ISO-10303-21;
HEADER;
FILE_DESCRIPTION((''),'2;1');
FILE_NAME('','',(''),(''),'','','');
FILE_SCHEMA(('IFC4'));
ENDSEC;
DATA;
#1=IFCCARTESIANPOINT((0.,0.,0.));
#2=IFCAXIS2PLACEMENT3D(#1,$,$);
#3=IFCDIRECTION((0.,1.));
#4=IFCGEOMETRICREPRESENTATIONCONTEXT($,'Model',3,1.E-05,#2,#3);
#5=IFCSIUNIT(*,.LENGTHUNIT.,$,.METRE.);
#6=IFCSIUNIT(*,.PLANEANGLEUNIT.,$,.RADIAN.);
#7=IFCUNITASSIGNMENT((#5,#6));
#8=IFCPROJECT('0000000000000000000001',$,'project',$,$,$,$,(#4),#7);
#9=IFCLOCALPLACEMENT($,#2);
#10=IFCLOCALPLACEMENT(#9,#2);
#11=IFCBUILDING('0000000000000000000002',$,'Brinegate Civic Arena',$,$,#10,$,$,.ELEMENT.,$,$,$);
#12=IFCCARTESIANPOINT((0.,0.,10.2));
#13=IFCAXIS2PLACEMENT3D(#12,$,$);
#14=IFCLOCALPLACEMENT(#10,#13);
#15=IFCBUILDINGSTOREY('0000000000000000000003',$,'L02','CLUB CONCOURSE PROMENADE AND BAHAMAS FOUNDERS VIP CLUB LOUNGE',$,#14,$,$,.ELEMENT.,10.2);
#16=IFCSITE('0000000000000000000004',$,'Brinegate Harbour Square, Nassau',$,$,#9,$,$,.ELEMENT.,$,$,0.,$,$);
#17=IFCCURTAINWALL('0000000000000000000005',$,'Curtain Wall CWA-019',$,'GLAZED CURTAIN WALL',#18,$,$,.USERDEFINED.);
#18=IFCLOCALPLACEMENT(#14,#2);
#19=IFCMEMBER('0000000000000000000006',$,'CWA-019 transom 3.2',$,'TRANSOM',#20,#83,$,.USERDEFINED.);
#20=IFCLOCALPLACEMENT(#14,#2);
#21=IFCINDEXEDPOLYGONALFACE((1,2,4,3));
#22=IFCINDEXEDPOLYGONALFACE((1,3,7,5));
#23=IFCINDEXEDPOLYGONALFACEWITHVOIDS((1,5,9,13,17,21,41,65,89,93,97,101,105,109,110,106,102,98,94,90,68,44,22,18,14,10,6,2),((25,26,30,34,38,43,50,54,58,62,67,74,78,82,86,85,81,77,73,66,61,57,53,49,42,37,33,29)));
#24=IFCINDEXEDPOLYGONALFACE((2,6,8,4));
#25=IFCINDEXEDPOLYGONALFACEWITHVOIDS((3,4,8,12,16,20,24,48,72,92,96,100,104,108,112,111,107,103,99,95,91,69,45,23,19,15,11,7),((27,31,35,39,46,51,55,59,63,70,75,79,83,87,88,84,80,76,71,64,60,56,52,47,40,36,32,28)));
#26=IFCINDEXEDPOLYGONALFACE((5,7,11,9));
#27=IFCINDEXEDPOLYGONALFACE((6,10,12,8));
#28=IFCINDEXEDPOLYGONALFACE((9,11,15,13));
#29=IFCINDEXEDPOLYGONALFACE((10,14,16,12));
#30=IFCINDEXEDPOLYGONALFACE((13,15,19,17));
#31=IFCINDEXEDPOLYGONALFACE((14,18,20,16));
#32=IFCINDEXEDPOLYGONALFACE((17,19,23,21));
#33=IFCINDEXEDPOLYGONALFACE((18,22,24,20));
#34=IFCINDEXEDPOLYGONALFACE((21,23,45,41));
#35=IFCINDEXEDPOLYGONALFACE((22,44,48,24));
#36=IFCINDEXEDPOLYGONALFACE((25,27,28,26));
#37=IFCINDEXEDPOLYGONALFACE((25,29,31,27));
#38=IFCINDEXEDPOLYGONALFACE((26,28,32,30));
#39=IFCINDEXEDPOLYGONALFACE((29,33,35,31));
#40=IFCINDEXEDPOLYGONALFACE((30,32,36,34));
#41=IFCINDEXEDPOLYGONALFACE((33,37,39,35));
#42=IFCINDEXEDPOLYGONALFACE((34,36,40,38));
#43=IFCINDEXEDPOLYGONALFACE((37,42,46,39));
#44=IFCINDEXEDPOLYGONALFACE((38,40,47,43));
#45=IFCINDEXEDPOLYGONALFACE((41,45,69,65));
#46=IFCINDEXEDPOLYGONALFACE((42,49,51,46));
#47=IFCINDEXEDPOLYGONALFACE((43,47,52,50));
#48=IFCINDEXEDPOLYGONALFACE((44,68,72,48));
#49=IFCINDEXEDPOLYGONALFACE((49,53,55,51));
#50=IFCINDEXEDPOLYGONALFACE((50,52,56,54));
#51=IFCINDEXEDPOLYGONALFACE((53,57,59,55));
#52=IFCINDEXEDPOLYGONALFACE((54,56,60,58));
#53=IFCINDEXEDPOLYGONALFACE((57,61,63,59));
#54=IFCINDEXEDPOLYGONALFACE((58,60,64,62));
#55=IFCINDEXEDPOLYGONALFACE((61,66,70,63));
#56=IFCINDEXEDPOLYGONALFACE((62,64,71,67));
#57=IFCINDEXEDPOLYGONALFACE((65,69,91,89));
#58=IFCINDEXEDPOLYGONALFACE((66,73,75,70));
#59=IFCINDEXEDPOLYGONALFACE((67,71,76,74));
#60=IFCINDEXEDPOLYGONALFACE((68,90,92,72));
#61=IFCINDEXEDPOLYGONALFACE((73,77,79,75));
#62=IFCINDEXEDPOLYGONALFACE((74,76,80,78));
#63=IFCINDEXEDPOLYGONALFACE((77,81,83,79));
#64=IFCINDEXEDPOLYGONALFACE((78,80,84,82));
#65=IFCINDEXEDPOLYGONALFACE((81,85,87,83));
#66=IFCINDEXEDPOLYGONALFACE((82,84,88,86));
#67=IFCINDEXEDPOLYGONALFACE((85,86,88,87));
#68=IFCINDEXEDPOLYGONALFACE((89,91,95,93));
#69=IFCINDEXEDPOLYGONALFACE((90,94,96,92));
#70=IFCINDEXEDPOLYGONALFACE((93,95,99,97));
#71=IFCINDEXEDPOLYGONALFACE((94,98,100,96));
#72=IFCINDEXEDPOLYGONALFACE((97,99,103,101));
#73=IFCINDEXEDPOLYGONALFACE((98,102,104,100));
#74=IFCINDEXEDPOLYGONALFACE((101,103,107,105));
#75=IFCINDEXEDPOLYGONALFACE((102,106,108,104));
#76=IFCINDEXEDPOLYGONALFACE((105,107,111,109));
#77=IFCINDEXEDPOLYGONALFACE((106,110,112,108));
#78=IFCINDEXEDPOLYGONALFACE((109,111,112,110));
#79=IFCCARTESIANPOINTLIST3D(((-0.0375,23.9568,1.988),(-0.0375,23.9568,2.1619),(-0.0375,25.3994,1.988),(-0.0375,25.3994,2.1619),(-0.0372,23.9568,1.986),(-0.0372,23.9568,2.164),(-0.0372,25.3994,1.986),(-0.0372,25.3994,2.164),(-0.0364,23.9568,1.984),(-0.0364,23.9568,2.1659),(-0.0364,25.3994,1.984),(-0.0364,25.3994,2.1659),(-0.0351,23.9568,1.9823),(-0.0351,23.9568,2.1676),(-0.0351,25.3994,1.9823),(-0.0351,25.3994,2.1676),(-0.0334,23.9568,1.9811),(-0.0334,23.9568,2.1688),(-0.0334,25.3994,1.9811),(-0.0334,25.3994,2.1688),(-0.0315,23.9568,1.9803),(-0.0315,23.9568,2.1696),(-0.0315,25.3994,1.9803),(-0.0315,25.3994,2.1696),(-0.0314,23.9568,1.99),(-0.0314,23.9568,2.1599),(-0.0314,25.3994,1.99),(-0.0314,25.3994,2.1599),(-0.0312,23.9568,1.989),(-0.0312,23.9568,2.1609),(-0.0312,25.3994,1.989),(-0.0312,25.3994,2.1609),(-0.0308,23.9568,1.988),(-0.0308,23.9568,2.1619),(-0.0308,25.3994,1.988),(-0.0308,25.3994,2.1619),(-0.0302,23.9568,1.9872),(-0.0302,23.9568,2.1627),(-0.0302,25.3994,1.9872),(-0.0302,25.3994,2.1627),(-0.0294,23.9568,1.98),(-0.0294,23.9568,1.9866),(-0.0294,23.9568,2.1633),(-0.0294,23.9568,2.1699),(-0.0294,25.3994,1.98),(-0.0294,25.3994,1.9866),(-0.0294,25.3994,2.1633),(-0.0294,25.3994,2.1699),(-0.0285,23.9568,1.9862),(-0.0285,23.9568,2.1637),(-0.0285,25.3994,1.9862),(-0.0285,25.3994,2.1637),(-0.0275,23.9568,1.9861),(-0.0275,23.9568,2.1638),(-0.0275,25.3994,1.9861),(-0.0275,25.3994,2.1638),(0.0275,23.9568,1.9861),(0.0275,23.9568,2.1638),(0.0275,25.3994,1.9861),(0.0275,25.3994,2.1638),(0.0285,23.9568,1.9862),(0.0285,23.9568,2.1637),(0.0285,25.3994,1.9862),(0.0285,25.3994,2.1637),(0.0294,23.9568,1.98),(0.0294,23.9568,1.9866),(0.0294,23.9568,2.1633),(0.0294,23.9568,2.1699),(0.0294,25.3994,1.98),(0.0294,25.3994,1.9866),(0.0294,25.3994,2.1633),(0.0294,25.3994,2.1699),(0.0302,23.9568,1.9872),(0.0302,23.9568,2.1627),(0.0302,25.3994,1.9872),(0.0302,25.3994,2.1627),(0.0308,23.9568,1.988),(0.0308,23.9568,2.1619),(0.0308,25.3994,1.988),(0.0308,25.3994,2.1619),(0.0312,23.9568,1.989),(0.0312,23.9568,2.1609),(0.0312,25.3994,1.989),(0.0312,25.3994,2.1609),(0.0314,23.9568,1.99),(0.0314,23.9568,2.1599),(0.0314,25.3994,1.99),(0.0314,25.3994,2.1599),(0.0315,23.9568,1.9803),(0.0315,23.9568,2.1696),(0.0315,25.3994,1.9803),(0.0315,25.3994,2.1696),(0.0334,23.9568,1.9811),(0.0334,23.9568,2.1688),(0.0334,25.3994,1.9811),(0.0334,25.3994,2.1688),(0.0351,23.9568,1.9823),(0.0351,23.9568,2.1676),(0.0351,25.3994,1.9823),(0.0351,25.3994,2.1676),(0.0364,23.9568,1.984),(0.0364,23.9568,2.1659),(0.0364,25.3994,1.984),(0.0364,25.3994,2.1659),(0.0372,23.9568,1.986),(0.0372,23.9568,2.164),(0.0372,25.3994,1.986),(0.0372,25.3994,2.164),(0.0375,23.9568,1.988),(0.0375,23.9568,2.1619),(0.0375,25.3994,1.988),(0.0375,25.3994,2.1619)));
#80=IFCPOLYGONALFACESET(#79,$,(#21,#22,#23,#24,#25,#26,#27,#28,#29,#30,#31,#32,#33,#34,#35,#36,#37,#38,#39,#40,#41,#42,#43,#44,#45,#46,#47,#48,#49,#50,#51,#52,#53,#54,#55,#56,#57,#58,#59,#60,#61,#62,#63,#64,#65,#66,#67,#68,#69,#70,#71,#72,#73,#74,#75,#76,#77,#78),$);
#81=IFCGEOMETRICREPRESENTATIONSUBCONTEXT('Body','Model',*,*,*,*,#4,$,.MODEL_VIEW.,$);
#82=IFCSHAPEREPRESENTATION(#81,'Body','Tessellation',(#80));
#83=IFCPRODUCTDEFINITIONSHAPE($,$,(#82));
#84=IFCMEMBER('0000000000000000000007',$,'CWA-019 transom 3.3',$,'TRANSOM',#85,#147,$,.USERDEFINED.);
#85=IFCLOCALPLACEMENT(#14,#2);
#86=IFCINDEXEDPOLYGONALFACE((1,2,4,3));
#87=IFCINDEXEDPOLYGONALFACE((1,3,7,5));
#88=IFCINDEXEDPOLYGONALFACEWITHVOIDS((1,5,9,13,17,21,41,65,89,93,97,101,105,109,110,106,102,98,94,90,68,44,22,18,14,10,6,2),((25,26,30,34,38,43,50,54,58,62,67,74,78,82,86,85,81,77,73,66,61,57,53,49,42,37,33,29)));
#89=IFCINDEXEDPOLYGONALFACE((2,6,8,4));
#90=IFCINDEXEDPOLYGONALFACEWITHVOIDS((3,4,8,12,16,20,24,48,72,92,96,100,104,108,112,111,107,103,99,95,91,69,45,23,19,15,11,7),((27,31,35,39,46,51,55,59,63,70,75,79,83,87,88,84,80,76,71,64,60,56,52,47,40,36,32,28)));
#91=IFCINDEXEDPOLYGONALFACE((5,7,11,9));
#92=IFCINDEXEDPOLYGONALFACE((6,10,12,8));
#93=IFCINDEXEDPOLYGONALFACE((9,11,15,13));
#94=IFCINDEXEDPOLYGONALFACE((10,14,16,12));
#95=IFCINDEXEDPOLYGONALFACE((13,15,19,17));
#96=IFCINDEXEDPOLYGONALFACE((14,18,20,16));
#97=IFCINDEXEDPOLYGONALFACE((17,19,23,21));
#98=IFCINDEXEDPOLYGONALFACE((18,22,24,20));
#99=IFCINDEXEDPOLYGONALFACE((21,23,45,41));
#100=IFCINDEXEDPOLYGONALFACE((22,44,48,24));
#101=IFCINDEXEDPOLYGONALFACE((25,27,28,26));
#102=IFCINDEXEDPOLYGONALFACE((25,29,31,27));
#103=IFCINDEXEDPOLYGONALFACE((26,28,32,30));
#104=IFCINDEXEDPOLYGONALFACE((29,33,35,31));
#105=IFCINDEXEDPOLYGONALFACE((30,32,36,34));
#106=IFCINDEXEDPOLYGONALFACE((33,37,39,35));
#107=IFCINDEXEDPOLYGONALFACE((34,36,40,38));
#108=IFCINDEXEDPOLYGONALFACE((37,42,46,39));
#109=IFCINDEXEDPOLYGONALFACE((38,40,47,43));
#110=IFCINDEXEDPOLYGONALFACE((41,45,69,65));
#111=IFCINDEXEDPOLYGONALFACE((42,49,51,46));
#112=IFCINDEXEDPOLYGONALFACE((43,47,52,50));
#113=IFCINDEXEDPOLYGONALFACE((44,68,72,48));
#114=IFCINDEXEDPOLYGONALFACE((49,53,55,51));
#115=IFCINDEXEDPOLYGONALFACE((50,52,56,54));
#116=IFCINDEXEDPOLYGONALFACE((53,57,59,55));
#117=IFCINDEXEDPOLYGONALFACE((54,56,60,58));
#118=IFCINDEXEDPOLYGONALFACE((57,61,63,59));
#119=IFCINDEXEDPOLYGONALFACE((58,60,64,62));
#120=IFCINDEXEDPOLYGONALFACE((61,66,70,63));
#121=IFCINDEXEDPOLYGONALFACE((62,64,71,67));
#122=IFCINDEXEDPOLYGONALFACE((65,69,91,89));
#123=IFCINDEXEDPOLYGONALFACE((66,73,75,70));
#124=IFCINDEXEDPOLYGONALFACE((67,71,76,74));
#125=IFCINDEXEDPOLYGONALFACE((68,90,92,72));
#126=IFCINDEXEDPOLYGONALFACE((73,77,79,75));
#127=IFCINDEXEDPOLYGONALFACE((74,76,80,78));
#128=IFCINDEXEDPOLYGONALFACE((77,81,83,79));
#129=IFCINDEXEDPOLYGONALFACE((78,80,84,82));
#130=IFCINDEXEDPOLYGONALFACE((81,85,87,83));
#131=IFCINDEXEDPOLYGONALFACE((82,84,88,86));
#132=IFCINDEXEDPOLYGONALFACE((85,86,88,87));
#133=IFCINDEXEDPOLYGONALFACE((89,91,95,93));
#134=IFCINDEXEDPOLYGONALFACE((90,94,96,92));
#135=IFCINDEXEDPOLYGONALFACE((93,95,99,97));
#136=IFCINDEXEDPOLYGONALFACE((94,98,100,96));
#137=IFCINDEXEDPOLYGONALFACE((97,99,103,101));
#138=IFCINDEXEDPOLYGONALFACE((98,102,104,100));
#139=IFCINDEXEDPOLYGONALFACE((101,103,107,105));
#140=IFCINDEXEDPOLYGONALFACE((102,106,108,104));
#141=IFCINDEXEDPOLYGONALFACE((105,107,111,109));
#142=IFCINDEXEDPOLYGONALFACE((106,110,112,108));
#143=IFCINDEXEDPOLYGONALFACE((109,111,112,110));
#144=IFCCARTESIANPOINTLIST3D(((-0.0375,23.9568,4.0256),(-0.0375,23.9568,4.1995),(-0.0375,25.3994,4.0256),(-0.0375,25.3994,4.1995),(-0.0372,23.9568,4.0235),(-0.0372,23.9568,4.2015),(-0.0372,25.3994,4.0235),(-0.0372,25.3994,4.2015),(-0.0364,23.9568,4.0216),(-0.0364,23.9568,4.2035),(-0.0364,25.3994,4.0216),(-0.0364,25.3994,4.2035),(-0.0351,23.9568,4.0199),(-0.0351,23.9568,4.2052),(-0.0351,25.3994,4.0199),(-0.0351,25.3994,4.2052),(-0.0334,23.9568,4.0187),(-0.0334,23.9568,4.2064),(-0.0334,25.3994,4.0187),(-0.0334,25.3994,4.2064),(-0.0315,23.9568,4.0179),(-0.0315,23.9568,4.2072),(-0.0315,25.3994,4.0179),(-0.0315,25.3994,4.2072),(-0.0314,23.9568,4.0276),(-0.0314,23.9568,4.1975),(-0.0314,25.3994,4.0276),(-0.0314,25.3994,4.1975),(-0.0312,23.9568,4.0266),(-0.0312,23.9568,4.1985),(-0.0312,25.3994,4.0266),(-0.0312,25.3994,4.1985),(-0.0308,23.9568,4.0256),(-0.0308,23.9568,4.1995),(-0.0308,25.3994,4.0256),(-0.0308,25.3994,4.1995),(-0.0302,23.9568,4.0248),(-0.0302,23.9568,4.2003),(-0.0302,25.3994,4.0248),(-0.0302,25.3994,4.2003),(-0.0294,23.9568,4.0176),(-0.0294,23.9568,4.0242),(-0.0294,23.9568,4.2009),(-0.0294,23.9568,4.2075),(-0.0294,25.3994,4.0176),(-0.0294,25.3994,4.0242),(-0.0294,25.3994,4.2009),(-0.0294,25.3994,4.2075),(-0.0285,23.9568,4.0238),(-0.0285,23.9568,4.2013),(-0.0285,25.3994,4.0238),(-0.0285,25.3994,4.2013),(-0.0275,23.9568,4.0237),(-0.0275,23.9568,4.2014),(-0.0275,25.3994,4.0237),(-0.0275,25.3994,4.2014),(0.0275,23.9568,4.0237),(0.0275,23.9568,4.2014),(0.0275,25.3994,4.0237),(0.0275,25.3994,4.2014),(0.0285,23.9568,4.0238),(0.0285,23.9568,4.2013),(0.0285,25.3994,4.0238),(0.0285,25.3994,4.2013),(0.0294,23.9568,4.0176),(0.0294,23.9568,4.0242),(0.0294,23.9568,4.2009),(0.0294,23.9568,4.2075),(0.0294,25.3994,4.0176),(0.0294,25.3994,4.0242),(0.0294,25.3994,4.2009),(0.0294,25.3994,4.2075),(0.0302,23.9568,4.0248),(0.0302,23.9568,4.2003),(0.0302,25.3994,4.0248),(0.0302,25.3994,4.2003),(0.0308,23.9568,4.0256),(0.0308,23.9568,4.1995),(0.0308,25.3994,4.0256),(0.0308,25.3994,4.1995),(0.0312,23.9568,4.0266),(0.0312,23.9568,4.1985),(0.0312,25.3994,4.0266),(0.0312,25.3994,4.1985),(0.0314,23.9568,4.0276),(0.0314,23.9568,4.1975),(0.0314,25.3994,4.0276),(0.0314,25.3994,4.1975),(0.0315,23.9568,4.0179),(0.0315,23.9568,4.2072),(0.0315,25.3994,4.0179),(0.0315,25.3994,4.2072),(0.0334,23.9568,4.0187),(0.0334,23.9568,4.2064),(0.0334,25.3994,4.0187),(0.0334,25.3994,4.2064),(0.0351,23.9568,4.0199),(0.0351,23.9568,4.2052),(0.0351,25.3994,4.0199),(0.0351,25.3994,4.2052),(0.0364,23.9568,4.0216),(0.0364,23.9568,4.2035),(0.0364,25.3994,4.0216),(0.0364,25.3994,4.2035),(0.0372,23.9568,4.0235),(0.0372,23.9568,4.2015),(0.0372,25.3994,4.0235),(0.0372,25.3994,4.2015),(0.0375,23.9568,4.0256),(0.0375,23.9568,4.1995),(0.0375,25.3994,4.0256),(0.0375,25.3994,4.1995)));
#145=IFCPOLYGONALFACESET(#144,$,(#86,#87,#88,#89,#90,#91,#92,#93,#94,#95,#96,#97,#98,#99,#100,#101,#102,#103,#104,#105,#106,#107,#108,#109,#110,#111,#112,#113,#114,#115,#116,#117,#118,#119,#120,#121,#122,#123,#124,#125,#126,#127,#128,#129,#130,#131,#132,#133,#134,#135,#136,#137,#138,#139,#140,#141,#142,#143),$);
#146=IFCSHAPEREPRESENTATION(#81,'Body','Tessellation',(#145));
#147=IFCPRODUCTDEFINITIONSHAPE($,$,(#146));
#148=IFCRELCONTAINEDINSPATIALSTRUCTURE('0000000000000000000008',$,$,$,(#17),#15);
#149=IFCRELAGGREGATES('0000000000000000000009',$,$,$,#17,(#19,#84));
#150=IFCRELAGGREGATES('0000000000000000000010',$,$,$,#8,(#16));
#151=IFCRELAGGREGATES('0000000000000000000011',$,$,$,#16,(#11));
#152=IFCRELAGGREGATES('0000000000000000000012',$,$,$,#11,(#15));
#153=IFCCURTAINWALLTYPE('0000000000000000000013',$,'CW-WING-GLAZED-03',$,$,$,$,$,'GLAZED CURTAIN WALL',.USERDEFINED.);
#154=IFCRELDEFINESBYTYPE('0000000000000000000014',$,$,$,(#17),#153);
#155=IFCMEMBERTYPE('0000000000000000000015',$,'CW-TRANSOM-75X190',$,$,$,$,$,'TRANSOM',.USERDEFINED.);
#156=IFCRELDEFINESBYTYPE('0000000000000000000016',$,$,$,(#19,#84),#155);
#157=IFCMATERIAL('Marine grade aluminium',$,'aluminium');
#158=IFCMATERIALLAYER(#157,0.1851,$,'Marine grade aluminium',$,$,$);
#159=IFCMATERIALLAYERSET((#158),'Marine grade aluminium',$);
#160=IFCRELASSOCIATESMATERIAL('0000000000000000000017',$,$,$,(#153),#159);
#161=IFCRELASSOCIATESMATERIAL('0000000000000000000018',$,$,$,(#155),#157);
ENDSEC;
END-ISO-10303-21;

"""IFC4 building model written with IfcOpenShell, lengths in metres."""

from ifc_helpers import new_model, si_unit, direction, frame, origin, origin_2d, place, context, subcontext, project, spatial, hollow_rectangle, extrude, material, layer, layer_set, material_profile, profile_set, type_object, element, aggregate, save


model = new_model("IFC4")

# Units and contexts
model_context = context("Model", 3, precision=1e-05, world=origin(), true_north=direction((0.0, 1.0)))
body_context = subcontext(model_context, "Body", "Model", "MODEL_VIEW")
ifc_project = project(units=[si_unit("LENGTHUNIT", "METRE"), si_unit("PLANEANGLEUNIT", "RADIAN")], contexts=[model_context])

# Site, building, storey
site_placement = place(None, origin())
site = spatial("IfcSite", under=ifc_project, at=site_placement, Name="Brinegate Harbour Square, Nassau", CompositionType="ELEMENT", RefElevation=0.0)
building_placement = place(site_placement, origin())
building = spatial("IfcBuilding", under=site, at=building_placement, Name="Brinegate Civic Arena", CompositionType="ELEMENT")
storey_placement = place(building_placement, frame((0.0, 0.0, 10.2)))
storey = spatial("IfcBuildingStorey", under=building, at=storey_placement, Name="L02", Description="CLUB CONCOURSE PROMENADE AND BAHAMAS FOUNDERS VIP CLUB LOUNGE", CompositionType="ELEMENT", Elevation=10.2)

# Curtain wall, members
ifc_material_1 = material(Name="Marine grade aluminium", Category="aluminium")
ifc_layer_1 = layer(ifc_material_1, 0.1851, Name="Marine grade aluminium")
ifc_layer_set_1 = layer_set([ifc_layer_1], Name="Marine grade aluminium")
curtain_wall_type = type_object("IfcCurtainWallType", Name="CW-WING-GLAZED-03", ElementType="GLAZED CURTAIN WALL", PredefinedType="USERDEFINED", material=ifc_layer_set_1)
curtain_wall_placement = place(storey_placement, origin())
curtain_wall = element("IfcCurtainWall", 1, at=curtain_wall_placement, inside=storey, type_object=curtain_wall_type, Name="Curtain Wall CWA-019", ObjectType="GLAZED CURTAIN WALL", PredefinedType="USERDEFINED")
ifc_material_profile_1 = material_profile(ifc_material_1, hollow_rectangle(XDim=0.075, YDim=0.1899, WallThickness=0.0061, InnerFilletRadius=0.0039, OuterFilletRadius=0.0081, at=origin_2d()), Name="TRN75X190")
ifc_profile_set_1 = profile_set([ifc_material_profile_1], Name="Marine grade aluminium")
member_type_1 = type_object("IfcMemberType", Name="CW-TRANSOM-75X190", ElementType="TRANSOM", PredefinedType="USERDEFINED", material=ifc_profile_set_1)
member_1_placement = place(storey_placement, frame((0.0, 23.9568, 2.075), z_axis=(0.0, 1.0, 0.0), x_axis=(-1.0, 0.0, 0.0)))
member_1 = element("IfcMember", 2, at=member_1_placement, type_object=member_type_1, Name="CWA-019 transom 3.2", ObjectType="TRANSOM", PredefinedType="USERDEFINED", context=body_context, shape_type="SweptSolid", body=[
    extrude(hollow_rectangle(XDim=0.075, YDim=0.1899, WallThickness=0.0061, InnerFilletRadius=0.0039, OuterFilletRadius=0.0081, at=origin_2d()), origin(), (0.0, 0.0, 1.0), 1.4426),
])
member_2_placement = place(storey_placement, frame((0.0, 23.9568, 4.1125), z_axis=(0.0, 1.0, 0.0), x_axis=(-1.0, 0.0, 0.0)))
member_2 = element("IfcMember", 3, at=member_2_placement, type_object=member_type_1, Name="CWA-019 transom 3.3", ObjectType="TRANSOM", PredefinedType="USERDEFINED", context=body_context, shape_type="SweptSolid", body=[
    extrude(hollow_rectangle(XDim=0.075, YDim=0.1899, WallThickness=0.0061, InnerFilletRadius=0.0039, OuterFilletRadius=0.0081, at=origin_2d()), origin(), (0.0, 0.0, 1.0), 1.4426),
])

aggregate(curtain_wall, [member_1, member_2])

save(model, "model.ifc")
